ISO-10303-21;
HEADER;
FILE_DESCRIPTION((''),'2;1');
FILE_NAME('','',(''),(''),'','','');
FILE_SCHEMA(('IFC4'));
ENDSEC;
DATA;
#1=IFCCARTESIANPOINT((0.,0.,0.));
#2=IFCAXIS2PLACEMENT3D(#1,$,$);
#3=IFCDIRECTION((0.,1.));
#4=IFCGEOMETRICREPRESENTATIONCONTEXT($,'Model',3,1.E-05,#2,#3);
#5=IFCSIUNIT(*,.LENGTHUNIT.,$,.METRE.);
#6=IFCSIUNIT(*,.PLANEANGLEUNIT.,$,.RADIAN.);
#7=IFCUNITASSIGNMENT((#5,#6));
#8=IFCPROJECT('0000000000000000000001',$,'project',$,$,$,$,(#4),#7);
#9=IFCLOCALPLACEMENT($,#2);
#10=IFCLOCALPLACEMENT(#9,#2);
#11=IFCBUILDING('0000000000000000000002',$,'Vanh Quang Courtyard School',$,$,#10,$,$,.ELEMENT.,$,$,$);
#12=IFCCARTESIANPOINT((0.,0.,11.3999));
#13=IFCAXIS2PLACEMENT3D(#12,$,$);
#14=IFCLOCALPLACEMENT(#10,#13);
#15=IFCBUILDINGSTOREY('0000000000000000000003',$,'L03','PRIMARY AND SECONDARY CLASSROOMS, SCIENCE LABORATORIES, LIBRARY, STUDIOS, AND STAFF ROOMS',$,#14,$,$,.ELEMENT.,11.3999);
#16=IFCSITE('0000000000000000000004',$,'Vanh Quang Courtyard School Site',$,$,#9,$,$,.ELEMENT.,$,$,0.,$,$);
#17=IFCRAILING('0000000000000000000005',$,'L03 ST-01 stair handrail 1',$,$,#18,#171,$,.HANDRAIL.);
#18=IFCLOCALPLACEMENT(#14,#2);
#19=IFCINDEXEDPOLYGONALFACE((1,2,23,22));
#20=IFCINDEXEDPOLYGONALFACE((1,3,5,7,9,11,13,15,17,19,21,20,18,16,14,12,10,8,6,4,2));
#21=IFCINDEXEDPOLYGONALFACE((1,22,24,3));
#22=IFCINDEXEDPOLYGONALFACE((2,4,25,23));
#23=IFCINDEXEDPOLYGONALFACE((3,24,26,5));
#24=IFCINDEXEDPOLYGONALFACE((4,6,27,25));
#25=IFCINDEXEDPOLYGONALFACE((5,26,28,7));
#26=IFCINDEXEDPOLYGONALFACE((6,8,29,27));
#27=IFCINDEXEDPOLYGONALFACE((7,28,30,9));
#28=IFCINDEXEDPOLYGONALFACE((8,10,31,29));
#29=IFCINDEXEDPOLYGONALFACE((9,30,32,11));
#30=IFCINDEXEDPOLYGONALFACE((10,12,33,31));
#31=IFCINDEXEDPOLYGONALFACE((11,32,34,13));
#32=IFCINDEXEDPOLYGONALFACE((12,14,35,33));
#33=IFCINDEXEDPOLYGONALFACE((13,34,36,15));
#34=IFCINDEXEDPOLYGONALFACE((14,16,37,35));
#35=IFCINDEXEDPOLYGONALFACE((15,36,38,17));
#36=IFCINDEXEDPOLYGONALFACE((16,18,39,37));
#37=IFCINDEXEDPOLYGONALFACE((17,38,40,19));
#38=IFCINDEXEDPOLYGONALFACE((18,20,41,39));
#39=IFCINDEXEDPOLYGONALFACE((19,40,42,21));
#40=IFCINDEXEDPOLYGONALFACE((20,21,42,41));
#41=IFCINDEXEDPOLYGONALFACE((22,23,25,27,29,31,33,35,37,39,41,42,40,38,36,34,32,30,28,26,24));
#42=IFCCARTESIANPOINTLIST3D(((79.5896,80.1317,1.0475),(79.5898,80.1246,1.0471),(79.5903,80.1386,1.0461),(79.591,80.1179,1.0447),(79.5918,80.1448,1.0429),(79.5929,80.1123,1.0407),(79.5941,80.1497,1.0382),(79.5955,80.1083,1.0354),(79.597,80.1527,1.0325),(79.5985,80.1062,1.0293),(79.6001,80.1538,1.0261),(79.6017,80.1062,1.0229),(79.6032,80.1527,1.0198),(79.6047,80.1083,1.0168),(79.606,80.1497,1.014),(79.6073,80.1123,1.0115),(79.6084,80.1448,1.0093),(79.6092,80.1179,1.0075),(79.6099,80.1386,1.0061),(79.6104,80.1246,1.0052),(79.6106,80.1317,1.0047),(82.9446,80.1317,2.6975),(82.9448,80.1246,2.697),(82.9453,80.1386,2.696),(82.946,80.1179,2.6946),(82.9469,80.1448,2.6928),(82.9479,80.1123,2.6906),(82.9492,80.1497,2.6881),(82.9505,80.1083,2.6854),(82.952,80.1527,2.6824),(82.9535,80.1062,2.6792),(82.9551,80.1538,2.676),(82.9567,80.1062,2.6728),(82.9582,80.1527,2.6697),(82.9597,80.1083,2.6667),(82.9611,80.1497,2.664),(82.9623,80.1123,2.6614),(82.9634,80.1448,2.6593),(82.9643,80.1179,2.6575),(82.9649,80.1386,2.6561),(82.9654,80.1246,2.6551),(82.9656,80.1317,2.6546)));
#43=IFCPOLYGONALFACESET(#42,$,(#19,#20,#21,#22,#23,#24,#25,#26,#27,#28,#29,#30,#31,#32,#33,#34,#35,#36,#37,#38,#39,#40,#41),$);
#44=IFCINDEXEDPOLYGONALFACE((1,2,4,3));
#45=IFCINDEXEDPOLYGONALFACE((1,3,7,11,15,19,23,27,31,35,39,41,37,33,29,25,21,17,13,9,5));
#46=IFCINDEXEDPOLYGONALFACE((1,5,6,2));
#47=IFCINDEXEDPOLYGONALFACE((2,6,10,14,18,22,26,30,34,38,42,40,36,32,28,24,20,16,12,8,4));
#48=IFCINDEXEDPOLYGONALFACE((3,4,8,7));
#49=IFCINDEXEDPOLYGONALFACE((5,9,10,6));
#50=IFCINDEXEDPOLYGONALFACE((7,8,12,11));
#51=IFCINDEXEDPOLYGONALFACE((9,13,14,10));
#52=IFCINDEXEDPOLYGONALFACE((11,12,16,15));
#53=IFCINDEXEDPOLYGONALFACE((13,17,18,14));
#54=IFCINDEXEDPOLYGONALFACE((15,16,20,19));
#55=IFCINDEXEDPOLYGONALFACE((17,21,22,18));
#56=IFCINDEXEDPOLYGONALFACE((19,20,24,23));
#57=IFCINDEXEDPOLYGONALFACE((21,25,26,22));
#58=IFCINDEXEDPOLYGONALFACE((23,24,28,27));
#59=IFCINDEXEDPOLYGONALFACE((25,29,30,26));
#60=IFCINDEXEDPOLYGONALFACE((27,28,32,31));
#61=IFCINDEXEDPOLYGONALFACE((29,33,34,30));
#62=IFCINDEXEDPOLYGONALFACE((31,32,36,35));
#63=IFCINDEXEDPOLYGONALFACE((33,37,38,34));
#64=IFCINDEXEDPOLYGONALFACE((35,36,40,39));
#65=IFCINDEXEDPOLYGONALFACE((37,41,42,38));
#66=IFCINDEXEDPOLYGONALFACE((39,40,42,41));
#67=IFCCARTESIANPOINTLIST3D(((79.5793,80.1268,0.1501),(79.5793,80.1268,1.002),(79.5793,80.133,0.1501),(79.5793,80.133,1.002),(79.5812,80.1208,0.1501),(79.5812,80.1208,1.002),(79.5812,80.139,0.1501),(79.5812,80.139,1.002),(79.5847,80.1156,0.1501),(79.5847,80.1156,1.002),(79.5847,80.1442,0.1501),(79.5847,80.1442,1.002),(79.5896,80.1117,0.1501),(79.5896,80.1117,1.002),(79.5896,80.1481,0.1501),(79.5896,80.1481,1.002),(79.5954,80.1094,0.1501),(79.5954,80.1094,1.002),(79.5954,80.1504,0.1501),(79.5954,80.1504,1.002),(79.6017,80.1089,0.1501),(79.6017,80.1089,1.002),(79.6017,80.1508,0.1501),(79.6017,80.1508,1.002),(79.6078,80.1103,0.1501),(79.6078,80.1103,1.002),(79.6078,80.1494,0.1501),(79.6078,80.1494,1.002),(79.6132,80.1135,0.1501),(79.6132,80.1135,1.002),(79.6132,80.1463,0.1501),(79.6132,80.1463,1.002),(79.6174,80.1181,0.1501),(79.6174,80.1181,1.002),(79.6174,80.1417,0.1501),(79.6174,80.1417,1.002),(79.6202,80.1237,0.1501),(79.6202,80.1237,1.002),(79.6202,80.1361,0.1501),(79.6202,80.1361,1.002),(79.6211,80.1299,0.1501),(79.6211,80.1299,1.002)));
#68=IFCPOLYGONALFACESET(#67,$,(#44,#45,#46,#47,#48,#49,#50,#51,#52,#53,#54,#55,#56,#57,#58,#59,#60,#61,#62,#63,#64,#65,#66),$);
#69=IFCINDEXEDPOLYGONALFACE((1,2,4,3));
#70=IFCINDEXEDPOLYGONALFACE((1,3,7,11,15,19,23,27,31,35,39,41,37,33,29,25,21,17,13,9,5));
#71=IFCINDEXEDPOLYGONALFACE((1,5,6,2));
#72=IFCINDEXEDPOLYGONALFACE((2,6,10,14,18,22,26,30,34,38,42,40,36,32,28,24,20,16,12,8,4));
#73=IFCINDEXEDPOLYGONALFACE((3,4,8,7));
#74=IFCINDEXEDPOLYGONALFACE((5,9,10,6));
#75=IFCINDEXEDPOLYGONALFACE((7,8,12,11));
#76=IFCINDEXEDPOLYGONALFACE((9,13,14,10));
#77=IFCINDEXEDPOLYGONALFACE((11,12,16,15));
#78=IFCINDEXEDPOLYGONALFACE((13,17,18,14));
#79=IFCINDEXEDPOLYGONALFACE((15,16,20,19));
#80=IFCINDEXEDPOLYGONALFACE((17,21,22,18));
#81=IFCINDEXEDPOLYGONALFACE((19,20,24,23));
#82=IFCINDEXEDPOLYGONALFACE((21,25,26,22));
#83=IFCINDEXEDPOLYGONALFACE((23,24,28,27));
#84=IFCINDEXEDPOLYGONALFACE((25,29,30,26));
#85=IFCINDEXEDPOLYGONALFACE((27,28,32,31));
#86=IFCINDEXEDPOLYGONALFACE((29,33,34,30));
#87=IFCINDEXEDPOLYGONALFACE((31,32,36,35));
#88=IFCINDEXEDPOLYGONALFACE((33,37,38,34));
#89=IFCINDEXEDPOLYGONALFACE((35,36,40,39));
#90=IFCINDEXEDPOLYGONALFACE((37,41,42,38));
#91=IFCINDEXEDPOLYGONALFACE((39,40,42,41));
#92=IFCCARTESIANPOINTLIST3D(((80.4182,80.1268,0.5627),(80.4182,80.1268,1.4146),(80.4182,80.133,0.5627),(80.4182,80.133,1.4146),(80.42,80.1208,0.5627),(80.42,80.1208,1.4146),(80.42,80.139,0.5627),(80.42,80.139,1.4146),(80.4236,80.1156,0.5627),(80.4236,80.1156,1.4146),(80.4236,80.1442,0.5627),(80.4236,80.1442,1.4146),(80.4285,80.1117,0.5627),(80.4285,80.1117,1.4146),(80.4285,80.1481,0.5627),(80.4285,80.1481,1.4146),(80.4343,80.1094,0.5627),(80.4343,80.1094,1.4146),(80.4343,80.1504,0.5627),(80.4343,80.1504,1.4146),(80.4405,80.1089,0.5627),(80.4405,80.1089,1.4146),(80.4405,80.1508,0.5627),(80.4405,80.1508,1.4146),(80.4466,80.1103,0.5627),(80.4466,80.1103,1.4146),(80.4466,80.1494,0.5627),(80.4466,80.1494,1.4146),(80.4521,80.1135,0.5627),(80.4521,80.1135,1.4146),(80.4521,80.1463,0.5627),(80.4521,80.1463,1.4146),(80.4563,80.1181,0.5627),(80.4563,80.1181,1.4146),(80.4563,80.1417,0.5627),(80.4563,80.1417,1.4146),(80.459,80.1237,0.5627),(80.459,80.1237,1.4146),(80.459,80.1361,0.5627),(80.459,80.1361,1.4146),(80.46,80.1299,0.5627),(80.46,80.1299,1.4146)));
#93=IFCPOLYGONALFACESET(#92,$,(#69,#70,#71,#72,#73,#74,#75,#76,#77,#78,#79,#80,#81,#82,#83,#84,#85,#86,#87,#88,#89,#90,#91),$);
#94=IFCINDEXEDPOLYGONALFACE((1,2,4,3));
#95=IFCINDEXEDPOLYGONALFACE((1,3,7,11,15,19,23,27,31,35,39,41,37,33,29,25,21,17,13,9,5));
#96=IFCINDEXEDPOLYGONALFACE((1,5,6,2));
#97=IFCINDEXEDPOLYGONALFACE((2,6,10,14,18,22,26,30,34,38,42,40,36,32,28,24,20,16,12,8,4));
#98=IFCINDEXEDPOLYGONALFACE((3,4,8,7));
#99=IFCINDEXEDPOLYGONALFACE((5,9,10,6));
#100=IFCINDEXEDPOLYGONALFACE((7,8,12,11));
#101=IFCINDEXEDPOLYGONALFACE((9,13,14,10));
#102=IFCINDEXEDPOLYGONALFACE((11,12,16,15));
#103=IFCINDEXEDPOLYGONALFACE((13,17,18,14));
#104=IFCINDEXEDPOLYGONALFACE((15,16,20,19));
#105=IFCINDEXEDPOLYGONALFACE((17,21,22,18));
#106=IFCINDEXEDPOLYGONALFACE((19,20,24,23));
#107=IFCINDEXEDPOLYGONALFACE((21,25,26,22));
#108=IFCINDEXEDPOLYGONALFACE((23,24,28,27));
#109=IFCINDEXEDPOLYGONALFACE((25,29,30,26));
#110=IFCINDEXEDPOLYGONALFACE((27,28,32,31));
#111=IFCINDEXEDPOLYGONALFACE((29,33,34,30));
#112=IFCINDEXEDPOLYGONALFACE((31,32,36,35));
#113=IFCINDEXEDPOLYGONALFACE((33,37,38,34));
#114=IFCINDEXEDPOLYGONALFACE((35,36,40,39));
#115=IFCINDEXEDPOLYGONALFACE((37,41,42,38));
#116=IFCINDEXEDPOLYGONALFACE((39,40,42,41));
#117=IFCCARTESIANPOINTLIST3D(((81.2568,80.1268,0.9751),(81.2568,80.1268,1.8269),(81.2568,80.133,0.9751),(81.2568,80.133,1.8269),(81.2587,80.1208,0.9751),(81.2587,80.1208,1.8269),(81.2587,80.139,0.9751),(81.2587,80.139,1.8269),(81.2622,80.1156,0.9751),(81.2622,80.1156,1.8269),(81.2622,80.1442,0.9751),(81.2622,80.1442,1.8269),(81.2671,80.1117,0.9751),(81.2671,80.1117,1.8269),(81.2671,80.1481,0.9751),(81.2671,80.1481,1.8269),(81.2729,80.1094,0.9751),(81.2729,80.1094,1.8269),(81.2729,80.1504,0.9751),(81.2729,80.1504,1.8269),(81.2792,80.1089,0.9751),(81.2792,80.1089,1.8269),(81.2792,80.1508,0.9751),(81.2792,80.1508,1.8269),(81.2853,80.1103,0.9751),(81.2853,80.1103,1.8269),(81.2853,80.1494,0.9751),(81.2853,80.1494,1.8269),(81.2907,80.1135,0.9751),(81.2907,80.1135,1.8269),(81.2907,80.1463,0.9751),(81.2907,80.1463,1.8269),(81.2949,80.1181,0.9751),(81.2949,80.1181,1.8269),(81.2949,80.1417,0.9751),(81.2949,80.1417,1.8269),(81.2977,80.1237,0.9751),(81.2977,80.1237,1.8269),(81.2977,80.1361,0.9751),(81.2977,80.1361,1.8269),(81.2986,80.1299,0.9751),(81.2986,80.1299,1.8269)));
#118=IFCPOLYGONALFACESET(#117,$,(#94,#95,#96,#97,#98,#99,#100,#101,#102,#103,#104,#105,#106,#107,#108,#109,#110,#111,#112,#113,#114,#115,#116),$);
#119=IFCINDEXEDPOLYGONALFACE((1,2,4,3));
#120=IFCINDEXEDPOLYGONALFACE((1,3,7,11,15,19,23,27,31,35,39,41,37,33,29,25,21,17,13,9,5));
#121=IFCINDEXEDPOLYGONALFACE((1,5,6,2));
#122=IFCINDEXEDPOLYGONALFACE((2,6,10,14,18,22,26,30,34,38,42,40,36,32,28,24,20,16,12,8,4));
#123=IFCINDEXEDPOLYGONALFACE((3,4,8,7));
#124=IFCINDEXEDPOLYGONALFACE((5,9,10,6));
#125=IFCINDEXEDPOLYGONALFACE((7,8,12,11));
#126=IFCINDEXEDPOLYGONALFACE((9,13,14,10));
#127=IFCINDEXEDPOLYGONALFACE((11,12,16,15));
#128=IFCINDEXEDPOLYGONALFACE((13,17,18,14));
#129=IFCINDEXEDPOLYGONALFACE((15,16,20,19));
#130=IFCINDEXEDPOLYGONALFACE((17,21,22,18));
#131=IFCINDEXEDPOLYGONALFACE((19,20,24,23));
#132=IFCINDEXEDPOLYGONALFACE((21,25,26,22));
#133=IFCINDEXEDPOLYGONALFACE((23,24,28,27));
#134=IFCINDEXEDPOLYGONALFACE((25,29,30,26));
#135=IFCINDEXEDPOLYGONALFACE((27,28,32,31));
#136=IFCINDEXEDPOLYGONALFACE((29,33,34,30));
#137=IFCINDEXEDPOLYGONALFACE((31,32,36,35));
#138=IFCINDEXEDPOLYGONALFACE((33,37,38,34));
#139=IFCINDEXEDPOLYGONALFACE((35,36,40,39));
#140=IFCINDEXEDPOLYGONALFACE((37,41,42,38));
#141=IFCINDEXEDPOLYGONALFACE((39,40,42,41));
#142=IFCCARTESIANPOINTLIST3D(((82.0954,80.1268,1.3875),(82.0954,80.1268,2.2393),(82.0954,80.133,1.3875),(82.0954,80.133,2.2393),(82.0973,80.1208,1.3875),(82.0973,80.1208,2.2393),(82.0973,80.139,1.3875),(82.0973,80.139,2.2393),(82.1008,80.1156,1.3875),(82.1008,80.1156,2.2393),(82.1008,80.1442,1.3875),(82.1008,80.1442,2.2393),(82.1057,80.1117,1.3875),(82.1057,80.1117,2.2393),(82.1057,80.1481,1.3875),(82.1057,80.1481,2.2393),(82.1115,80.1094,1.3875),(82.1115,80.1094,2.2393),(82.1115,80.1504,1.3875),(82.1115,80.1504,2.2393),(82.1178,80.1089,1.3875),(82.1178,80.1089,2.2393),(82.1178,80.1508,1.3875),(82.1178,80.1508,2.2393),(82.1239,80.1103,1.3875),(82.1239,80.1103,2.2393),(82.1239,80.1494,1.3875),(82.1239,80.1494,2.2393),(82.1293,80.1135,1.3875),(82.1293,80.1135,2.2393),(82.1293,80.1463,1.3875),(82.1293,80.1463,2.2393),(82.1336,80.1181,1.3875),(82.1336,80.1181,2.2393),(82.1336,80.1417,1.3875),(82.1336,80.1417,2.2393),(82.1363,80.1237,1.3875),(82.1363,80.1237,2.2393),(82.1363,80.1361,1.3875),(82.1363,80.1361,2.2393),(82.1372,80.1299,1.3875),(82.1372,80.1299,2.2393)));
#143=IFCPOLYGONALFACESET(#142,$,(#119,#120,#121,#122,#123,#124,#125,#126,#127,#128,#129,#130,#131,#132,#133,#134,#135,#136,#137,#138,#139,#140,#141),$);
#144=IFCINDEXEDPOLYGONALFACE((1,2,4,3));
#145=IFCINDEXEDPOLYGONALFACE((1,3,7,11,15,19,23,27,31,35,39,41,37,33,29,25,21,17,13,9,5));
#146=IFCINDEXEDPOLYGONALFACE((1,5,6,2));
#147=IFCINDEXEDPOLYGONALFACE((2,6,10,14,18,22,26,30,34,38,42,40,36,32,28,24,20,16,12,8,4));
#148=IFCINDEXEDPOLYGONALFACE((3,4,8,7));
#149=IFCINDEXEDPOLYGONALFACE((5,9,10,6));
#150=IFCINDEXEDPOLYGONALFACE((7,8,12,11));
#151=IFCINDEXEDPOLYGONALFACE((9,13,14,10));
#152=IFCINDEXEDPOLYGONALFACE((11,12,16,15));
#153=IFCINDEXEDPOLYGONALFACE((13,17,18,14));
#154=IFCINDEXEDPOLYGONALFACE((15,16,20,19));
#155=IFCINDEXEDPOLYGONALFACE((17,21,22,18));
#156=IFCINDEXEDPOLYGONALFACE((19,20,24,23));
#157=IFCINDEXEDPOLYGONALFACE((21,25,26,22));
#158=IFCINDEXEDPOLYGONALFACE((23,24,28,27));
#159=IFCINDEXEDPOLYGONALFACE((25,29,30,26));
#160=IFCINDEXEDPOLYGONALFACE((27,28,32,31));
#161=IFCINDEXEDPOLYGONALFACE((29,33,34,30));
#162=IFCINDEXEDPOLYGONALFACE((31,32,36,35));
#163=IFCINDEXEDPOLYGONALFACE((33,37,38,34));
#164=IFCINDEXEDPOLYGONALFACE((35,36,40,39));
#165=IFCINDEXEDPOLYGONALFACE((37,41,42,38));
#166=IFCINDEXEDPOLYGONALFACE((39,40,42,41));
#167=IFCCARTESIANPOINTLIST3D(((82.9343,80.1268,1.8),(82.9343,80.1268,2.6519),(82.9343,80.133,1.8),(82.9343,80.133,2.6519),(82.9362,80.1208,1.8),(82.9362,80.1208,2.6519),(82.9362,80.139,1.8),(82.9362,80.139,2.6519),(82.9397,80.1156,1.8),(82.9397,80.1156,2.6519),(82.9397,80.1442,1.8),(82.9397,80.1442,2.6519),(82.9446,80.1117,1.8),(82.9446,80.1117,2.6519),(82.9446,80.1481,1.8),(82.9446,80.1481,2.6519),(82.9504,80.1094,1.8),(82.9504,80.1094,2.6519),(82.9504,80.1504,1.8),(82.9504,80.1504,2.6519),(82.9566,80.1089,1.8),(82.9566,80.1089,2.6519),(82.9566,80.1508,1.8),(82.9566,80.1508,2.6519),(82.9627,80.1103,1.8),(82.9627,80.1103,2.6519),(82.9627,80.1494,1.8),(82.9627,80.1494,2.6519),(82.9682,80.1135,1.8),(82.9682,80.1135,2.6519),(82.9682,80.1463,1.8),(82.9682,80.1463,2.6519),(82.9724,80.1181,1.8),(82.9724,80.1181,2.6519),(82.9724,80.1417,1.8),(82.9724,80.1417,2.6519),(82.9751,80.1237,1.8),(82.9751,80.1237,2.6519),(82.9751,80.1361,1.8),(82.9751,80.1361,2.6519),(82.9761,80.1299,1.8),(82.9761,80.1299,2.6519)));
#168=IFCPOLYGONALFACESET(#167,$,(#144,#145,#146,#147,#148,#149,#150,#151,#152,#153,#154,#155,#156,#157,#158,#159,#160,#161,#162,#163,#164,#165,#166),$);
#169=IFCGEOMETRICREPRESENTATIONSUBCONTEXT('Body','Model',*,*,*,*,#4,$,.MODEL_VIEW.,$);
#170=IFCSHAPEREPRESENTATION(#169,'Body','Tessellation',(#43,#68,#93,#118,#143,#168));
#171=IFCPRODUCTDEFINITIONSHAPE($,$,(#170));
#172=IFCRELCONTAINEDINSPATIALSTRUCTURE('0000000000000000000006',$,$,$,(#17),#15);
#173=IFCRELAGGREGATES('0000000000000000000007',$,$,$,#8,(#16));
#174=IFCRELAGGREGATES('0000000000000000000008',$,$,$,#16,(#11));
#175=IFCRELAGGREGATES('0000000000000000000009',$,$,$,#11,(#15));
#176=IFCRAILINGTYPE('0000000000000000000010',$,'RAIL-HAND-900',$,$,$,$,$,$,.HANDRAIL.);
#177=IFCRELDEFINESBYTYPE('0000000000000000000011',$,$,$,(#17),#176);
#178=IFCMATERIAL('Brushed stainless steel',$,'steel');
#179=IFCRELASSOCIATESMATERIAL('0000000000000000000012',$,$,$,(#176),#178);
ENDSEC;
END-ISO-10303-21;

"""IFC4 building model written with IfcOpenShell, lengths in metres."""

from ifc_helpers import new_model, si_unit, direction, frame, origin, origin_2d, place, context, subcontext, project, spatial, circle, extrude, material, type_object, element, save


model = new_model("IFC4")

# Units and contexts
model_context = context("Model", 3, precision=1e-05, world=origin(), true_north=direction((0.0, 1.0)))
body_context = subcontext(model_context, "Body", "Model", "MODEL_VIEW")
ifc_project = project(units=[si_unit("LENGTHUNIT", "METRE"), si_unit("PLANEANGLEUNIT", "RADIAN")], contexts=[model_context])

# Site, building, storey
site_placement = place(None, origin())
site = spatial("IfcSite", under=ifc_project, at=site_placement, Name="Vanh Quang Courtyard School Site", CompositionType="ELEMENT", RefElevation=0.0)
building_placement = place(site_placement, origin())
building = spatial("IfcBuilding", under=site, at=building_placement, Name="Vanh Quang Courtyard School", CompositionType="ELEMENT")
storey_placement = place(building_placement, frame((0.0, 0.0, 11.3999)))
storey = spatial("IfcBuildingStorey", under=building, at=storey_placement, Name="L03", Description="PRIMARY AND SECONDARY CLASSROOMS, SCIENCE LABORATORIES, LIBRARY, STUDIOS, AND STAFF ROOMS", CompositionType="ELEMENT", Elevation=11.3999)

# Railing
ifc_material_1 = material(Name="Brushed stainless steel", Category="steel")
railing_type_1 = type_object("IfcRailingType", Name="RAIL-HAND-900", PredefinedType="HANDRAIL", material=ifc_material_1)
railing_1_placement = place(storey_placement, frame((79.6001, 80.1299, 0.1501)))
element("IfcRailing", 1, at=railing_1_placement, inside=storey, type_object=railing_type_1, Name="L03 ST-01 stair handrail 1", PredefinedType="HANDRAIL", context=body_context, shape_type="SweptSolid", body=[
    extrude(circle(Radius=0.0239, at=origin_2d()), frame((0.0, 0.0, 0.876), z_axis=(0.897359, 0.0, 0.441301), x_axis=(0.0, 1.0, 0.0)), (0.0, 0.0, 1.0), 3.7388),
    extrude(circle(Radius=0.021, at=origin_2d()), origin(), (0.0, 0.0, 1.0), 0.8518),
    extrude(circle(Radius=0.021, at=origin_2d()), frame((0.8389, 0.0, 0.4126)), (0.0, 0.0, 1.0), 0.8518),
    extrude(circle(Radius=0.021, at=origin_2d()), frame((1.6775, 0.0, 0.825)), (0.0, 0.0, 1.0), 0.8518),
    extrude(circle(Radius=0.021, at=origin_2d()), frame((2.5161, 0.0, 1.2373)), (0.0, 0.0, 1.0), 0.8518),
    extrude(circle(Radius=0.021, at=origin_2d()), frame((3.355, 0.0, 1.6499)), (0.0, 0.0, 1.0), 0.8518),
])

save(model, "model.ifc")
